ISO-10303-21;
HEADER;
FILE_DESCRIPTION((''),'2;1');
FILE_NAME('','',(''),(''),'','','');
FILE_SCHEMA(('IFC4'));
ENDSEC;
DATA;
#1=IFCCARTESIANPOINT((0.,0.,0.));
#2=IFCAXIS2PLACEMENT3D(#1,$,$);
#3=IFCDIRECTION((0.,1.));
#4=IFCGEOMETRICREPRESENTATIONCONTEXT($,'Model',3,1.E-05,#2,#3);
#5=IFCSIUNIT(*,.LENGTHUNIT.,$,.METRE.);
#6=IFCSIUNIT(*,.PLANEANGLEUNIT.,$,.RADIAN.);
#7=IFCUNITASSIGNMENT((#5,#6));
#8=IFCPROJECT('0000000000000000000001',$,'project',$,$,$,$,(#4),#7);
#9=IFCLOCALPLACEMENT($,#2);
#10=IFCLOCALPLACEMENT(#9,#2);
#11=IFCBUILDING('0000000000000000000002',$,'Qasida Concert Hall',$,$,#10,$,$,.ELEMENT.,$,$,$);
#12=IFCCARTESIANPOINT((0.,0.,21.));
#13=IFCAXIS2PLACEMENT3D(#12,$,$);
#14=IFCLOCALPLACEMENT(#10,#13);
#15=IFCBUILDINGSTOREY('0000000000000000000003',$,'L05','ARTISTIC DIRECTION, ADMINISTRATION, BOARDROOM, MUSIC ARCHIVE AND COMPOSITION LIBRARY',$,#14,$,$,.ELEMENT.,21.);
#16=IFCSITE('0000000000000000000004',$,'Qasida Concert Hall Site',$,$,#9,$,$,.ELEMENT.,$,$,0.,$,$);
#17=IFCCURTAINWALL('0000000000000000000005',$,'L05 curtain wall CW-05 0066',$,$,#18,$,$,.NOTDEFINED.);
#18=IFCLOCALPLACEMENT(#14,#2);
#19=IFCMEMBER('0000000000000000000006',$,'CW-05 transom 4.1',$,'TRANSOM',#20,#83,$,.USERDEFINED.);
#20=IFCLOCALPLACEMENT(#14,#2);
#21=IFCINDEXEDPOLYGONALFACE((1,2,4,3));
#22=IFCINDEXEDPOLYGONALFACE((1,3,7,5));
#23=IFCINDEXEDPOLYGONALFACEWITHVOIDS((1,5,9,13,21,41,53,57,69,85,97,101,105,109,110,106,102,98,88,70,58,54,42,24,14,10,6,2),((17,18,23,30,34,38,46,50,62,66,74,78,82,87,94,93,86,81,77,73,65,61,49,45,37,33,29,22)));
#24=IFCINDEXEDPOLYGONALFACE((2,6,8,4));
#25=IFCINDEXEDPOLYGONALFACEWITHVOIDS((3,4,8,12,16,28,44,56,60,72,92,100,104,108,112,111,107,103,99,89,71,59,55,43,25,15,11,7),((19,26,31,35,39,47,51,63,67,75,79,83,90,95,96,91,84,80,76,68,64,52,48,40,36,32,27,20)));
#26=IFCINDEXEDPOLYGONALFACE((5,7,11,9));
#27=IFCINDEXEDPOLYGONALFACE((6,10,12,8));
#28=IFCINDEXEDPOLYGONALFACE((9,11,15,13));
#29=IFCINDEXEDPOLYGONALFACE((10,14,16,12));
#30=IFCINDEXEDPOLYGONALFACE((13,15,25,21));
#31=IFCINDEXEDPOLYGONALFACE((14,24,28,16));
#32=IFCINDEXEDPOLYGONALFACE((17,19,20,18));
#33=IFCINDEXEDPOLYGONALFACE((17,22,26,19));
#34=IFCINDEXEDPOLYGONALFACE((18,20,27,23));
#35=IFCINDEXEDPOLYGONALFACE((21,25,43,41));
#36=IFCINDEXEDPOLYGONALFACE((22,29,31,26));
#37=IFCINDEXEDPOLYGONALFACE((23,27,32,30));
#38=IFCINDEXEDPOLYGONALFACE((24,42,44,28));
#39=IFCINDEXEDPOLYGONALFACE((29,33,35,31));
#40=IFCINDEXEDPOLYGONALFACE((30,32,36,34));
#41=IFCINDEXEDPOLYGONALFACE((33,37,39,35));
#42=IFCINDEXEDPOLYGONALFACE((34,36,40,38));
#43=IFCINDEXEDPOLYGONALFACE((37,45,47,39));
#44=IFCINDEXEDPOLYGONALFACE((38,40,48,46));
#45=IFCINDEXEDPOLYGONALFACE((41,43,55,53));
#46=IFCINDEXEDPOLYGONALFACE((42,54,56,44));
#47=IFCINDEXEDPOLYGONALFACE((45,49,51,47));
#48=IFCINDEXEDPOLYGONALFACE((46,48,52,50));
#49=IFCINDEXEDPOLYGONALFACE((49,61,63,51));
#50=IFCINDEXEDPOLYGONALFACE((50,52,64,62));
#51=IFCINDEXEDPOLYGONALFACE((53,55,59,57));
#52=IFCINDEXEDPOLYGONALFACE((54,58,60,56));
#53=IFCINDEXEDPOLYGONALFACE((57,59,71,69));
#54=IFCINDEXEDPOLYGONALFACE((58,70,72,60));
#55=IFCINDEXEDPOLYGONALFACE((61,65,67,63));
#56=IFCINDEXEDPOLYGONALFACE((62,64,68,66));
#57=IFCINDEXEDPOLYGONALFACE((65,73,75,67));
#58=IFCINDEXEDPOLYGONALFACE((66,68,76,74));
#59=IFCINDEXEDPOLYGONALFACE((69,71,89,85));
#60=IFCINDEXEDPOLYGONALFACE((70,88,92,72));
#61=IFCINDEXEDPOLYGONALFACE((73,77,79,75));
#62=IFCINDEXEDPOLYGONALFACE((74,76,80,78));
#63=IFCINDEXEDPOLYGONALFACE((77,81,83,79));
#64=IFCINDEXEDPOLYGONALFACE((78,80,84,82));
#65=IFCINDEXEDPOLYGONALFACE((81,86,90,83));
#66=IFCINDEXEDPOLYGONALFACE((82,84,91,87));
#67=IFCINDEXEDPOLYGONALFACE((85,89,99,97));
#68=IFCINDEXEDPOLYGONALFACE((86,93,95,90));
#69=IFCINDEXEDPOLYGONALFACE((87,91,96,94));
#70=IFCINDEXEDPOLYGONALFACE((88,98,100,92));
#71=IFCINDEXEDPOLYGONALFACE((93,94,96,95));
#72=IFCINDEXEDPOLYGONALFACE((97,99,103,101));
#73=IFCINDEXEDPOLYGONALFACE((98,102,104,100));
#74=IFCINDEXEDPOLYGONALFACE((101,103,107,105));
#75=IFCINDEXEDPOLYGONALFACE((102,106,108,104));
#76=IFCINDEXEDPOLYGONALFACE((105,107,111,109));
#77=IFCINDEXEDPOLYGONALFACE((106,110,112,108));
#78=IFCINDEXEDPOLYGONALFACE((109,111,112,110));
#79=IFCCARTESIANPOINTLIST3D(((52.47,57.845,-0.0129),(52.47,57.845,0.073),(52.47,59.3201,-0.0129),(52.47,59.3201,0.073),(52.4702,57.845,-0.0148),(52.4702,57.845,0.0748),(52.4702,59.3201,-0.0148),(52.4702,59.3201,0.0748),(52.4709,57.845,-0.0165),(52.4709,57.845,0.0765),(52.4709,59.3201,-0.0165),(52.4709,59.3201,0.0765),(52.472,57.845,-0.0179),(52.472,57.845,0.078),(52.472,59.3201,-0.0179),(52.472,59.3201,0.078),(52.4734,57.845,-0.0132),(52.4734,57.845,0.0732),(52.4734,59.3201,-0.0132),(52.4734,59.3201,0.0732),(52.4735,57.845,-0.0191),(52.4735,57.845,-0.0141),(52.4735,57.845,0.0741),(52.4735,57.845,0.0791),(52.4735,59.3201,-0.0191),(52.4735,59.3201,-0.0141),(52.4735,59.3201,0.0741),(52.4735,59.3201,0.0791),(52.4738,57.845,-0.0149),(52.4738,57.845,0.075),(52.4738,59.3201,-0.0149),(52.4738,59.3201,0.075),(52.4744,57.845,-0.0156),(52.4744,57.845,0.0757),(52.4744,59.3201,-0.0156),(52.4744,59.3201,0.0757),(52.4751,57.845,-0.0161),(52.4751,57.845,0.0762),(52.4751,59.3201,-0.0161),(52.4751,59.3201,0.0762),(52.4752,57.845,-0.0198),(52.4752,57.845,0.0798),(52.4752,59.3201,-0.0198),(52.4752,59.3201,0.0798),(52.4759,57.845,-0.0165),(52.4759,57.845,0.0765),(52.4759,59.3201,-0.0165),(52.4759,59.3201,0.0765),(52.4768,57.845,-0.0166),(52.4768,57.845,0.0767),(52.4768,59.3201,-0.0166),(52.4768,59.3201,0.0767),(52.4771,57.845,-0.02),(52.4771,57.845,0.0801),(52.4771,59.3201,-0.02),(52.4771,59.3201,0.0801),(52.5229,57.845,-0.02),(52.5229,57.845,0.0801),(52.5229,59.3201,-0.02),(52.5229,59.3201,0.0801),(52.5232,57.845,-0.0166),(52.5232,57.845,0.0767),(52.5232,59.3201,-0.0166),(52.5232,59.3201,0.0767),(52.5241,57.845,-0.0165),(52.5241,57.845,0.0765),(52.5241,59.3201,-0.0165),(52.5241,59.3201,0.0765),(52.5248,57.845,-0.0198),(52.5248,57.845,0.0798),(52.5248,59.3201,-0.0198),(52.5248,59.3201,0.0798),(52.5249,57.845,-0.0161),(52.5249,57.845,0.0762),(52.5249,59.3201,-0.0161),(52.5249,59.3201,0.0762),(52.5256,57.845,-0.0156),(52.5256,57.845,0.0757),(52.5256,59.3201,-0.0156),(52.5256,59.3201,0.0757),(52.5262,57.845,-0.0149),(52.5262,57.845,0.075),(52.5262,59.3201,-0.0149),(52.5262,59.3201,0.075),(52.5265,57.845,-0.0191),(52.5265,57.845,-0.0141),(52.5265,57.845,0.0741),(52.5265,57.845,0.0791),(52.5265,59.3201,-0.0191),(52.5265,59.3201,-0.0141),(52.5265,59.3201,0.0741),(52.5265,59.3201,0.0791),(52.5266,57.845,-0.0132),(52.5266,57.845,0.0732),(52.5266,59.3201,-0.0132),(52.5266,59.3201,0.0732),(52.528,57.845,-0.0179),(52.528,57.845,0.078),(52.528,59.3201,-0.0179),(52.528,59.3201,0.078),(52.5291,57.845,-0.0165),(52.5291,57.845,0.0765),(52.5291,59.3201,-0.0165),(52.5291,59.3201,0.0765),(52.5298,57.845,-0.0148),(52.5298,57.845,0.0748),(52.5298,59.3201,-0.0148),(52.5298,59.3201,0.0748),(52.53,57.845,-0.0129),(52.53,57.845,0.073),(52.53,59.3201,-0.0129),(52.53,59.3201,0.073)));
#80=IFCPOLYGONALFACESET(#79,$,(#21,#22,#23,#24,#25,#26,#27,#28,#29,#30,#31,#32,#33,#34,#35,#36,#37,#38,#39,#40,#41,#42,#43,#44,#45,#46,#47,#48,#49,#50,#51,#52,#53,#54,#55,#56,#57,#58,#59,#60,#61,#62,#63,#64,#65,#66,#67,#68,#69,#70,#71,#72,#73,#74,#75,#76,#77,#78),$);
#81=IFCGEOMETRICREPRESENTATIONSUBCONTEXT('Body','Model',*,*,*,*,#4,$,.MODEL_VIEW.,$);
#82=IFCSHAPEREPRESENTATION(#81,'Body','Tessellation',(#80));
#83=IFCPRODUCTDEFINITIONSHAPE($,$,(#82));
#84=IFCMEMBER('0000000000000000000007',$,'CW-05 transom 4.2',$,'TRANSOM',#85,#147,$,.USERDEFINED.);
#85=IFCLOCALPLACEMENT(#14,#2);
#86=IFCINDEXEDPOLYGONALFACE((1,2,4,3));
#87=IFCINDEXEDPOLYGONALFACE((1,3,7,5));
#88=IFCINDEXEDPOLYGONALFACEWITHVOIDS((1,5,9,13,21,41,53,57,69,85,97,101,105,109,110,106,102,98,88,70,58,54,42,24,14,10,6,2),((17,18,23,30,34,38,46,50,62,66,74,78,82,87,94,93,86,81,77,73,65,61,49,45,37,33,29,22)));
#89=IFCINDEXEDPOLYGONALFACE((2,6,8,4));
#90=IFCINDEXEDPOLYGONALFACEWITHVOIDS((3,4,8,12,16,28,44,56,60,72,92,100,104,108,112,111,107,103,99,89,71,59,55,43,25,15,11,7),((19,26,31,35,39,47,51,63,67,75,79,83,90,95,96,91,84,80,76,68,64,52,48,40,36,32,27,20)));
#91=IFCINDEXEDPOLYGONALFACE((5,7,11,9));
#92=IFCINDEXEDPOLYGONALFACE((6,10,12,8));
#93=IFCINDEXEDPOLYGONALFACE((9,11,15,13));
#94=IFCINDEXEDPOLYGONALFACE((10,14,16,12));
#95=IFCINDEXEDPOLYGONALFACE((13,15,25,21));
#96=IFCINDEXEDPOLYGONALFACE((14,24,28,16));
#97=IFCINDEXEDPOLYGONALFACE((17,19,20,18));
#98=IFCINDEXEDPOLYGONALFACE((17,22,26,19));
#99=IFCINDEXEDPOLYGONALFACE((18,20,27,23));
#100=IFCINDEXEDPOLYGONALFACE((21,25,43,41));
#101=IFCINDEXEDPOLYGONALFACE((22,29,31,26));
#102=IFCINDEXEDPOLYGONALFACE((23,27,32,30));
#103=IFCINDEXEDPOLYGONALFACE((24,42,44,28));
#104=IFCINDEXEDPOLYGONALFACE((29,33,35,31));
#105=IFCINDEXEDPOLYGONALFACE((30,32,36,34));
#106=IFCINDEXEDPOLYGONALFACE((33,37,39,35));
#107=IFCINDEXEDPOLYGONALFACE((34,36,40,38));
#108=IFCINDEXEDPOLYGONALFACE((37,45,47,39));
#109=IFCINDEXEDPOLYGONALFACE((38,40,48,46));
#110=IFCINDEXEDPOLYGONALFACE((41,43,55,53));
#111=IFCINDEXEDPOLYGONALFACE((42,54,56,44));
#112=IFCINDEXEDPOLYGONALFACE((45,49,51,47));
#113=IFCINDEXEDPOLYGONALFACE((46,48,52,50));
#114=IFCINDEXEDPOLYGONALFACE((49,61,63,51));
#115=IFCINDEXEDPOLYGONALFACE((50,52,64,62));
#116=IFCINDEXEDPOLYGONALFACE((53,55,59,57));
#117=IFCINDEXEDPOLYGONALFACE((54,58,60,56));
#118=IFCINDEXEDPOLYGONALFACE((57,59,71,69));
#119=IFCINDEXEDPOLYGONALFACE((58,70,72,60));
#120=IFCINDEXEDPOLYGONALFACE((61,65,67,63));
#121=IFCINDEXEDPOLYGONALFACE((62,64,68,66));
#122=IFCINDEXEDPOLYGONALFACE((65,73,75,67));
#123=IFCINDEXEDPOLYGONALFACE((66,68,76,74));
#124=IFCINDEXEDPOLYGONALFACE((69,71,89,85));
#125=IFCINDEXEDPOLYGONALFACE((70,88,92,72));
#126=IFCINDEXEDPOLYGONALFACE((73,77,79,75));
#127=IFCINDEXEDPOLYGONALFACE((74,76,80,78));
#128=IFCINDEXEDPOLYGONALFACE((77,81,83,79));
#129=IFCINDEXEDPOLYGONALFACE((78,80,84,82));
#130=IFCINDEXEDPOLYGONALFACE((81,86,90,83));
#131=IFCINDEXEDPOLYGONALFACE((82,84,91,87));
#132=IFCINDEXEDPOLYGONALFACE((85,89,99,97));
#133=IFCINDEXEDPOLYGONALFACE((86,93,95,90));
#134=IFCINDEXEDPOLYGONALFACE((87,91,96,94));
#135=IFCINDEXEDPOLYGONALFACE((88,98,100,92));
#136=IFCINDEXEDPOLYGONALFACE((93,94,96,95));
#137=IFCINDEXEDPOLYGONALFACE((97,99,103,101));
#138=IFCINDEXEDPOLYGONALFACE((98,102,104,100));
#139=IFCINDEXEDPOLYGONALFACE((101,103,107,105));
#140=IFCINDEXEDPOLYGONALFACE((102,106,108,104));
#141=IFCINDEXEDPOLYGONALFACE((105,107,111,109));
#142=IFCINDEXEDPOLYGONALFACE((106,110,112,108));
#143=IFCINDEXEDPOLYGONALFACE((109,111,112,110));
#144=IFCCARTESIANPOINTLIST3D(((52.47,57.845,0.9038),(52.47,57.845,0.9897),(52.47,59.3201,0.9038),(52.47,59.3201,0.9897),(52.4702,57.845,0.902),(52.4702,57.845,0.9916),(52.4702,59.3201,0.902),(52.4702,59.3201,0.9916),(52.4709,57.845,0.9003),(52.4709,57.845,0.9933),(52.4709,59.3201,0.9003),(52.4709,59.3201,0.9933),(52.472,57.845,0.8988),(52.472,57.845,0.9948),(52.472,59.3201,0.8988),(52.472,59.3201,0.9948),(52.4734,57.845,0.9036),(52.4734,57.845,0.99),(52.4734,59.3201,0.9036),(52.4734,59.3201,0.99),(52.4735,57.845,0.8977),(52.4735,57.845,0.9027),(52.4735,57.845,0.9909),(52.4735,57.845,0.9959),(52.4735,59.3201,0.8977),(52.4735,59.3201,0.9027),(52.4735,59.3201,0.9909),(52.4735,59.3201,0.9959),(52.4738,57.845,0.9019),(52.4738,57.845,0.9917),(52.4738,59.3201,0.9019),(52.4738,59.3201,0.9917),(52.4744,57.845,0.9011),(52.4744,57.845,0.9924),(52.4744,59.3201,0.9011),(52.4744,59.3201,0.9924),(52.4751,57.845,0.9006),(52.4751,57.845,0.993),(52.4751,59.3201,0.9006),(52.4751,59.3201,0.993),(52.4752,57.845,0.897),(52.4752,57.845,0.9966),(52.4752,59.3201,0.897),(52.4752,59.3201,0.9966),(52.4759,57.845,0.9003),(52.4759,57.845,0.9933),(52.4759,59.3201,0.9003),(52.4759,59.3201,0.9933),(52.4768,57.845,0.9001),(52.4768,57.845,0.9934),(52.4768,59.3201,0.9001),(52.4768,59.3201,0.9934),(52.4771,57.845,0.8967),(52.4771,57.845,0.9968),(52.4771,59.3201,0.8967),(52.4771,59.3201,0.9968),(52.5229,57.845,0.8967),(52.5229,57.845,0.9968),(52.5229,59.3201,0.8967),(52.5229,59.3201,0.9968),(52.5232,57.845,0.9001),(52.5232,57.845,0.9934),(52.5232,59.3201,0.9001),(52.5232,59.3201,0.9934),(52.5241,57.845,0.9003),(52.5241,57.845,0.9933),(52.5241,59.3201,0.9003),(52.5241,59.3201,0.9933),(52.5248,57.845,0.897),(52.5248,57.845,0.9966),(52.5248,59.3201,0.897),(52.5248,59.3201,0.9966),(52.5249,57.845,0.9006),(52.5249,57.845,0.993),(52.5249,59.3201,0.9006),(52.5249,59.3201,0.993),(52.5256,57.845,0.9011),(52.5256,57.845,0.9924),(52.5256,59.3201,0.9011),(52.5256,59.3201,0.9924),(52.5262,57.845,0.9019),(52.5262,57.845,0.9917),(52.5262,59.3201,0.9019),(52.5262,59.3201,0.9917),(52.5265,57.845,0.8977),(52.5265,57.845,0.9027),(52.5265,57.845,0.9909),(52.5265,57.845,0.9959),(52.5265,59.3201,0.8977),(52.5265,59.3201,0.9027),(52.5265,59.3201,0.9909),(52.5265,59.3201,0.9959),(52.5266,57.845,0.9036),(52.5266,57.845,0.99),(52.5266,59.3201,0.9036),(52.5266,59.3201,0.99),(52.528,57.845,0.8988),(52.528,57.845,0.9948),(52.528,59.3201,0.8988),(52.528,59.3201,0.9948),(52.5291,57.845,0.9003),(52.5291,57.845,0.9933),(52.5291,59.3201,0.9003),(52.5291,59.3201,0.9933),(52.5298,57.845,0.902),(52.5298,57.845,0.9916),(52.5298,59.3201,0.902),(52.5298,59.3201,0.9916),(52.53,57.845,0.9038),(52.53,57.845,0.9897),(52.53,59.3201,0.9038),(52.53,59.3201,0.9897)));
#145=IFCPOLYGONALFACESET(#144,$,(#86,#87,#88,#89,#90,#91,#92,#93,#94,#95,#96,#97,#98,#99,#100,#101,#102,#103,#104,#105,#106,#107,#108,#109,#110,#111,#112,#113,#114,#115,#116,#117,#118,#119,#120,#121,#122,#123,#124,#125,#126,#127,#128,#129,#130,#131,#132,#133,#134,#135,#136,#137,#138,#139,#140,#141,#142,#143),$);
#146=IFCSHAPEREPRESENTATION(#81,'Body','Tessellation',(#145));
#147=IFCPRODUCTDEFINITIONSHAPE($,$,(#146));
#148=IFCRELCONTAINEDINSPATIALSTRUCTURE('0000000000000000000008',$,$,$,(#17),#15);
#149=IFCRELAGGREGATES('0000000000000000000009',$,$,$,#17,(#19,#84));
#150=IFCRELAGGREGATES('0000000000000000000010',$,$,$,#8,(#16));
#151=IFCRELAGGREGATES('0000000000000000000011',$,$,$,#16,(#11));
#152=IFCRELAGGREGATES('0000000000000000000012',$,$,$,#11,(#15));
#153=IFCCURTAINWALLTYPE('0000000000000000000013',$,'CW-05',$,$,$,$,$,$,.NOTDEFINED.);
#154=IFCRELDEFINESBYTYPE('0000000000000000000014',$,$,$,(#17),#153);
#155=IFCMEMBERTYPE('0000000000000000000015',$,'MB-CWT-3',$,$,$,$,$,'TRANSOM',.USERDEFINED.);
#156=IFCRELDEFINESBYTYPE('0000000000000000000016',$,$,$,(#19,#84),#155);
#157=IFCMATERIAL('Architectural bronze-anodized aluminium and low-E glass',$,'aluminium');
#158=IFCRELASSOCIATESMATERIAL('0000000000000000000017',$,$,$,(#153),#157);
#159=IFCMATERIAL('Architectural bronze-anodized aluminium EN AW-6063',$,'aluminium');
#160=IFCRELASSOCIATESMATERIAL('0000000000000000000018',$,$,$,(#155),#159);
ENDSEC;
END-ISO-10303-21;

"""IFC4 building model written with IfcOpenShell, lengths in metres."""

from ifc_helpers import new_model, si_unit, direction, frame, origin, origin_2d, place, context, subcontext, project, spatial, hollow_rectangle, extrude, material, material_profile, profile_set, type_object, element, aggregate, save


model = new_model("IFC4")

# Units and contexts
model_context = context("Model", 3, precision=1e-05, world=origin(), true_north=direction((0.0, 1.0)))
body_context = subcontext(model_context, "Body", "Model", "MODEL_VIEW")
ifc_project = project(units=[si_unit("LENGTHUNIT", "METRE"), si_unit("PLANEANGLEUNIT", "RADIAN")], contexts=[model_context])

# Site, building, storey
site_placement = place(None, origin())
site = spatial("IfcSite", under=ifc_project, at=site_placement, Name="Qasida Concert Hall Site", CompositionType="ELEMENT", RefElevation=0.0)
building_placement = place(site_placement, origin())
building = spatial("IfcBuilding", under=site, at=building_placement, Name="Qasida Concert Hall", CompositionType="ELEMENT")
storey_placement = place(building_placement, frame((0.0, 0.0, 21.0)))
storey = spatial("IfcBuildingStorey", under=building, at=storey_placement, Name="L05", Description="ARTISTIC DIRECTION, ADMINISTRATION, BOARDROOM, MUSIC ARCHIVE AND COMPOSITION LIBRARY", CompositionType="ELEMENT", Elevation=21.0)

# Curtain wall, members
ifc_material_1 = material(Name="Architectural bronze-anodized aluminium and low-E glass", Category="aluminium")
curtain_wall_type = type_object("IfcCurtainWallType", Name="CW-05", PredefinedType="NOTDEFINED", material=ifc_material_1)
curtain_wall_placement = place(storey_placement, origin())
curtain_wall = element("IfcCurtainWall", 1, at=curtain_wall_placement, inside=storey, type_object=curtain_wall_type, Name="L05 curtain wall CW-05 0066", PredefinedType="NOTDEFINED")
ifc_material_2 = material(Name="Architectural bronze-anodized aluminium EN AW-6063", Category="aluminium")
ifc_material_profile_1 = material_profile(ifc_material_2, hollow_rectangle(XDim=0.0601, YDim=0.1001, WallThickness=0.0034, InnerFilletRadius=0.0034, OuterFilletRadius=0.0071, at=origin_2d()), Name="CWT 100x60x3.5")
ifc_profile_set_1 = profile_set([ifc_material_profile_1], Name="Architectural bronze-anodized aluminium EN AW-6063")
member_type_1 = type_object("IfcMemberType", Name="MB-CWT-3", ElementType="TRANSOM", PredefinedType="USERDEFINED", material=ifc_profile_set_1)
member_1_placement = place(storey_placement, frame((52.5, 57.845, 0.03), z_axis=(0.0, 1.0, 0.0), x_axis=(-1.0, 0.0, 0.0)))
member_1 = element("IfcMember", 2, at=member_1_placement, type_object=member_type_1, Name="CW-05 transom 4.1", ObjectType="TRANSOM", PredefinedType="USERDEFINED", context=body_context, shape_type="SweptSolid", body=[
    extrude(hollow_rectangle(XDim=0.0601, YDim=0.1001, WallThickness=0.0034, InnerFilletRadius=0.0034, OuterFilletRadius=0.0071, at=origin_2d()), origin(), (0.0, 0.0, 1.0), 1.4751),
])
member_2_placement = place(storey_placement, frame((52.5, 57.845, 0.9468), z_axis=(0.0, 1.0, 0.0), x_axis=(-1.0, 0.0, 0.0)))
member_2 = element("IfcMember", 3, at=member_2_placement, type_object=member_type_1, Name="CW-05 transom 4.2", ObjectType="TRANSOM", PredefinedType="USERDEFINED", context=body_context, shape_type="SweptSolid", body=[
    extrude(hollow_rectangle(XDim=0.0601, YDim=0.1001, WallThickness=0.0034, InnerFilletRadius=0.0034, OuterFilletRadius=0.0071, at=origin_2d()), origin(), (0.0, 0.0, 1.0), 1.4751),
])
aggregate(curtain_wall, [member_1, member_2])

save(model, "model.ifc")
